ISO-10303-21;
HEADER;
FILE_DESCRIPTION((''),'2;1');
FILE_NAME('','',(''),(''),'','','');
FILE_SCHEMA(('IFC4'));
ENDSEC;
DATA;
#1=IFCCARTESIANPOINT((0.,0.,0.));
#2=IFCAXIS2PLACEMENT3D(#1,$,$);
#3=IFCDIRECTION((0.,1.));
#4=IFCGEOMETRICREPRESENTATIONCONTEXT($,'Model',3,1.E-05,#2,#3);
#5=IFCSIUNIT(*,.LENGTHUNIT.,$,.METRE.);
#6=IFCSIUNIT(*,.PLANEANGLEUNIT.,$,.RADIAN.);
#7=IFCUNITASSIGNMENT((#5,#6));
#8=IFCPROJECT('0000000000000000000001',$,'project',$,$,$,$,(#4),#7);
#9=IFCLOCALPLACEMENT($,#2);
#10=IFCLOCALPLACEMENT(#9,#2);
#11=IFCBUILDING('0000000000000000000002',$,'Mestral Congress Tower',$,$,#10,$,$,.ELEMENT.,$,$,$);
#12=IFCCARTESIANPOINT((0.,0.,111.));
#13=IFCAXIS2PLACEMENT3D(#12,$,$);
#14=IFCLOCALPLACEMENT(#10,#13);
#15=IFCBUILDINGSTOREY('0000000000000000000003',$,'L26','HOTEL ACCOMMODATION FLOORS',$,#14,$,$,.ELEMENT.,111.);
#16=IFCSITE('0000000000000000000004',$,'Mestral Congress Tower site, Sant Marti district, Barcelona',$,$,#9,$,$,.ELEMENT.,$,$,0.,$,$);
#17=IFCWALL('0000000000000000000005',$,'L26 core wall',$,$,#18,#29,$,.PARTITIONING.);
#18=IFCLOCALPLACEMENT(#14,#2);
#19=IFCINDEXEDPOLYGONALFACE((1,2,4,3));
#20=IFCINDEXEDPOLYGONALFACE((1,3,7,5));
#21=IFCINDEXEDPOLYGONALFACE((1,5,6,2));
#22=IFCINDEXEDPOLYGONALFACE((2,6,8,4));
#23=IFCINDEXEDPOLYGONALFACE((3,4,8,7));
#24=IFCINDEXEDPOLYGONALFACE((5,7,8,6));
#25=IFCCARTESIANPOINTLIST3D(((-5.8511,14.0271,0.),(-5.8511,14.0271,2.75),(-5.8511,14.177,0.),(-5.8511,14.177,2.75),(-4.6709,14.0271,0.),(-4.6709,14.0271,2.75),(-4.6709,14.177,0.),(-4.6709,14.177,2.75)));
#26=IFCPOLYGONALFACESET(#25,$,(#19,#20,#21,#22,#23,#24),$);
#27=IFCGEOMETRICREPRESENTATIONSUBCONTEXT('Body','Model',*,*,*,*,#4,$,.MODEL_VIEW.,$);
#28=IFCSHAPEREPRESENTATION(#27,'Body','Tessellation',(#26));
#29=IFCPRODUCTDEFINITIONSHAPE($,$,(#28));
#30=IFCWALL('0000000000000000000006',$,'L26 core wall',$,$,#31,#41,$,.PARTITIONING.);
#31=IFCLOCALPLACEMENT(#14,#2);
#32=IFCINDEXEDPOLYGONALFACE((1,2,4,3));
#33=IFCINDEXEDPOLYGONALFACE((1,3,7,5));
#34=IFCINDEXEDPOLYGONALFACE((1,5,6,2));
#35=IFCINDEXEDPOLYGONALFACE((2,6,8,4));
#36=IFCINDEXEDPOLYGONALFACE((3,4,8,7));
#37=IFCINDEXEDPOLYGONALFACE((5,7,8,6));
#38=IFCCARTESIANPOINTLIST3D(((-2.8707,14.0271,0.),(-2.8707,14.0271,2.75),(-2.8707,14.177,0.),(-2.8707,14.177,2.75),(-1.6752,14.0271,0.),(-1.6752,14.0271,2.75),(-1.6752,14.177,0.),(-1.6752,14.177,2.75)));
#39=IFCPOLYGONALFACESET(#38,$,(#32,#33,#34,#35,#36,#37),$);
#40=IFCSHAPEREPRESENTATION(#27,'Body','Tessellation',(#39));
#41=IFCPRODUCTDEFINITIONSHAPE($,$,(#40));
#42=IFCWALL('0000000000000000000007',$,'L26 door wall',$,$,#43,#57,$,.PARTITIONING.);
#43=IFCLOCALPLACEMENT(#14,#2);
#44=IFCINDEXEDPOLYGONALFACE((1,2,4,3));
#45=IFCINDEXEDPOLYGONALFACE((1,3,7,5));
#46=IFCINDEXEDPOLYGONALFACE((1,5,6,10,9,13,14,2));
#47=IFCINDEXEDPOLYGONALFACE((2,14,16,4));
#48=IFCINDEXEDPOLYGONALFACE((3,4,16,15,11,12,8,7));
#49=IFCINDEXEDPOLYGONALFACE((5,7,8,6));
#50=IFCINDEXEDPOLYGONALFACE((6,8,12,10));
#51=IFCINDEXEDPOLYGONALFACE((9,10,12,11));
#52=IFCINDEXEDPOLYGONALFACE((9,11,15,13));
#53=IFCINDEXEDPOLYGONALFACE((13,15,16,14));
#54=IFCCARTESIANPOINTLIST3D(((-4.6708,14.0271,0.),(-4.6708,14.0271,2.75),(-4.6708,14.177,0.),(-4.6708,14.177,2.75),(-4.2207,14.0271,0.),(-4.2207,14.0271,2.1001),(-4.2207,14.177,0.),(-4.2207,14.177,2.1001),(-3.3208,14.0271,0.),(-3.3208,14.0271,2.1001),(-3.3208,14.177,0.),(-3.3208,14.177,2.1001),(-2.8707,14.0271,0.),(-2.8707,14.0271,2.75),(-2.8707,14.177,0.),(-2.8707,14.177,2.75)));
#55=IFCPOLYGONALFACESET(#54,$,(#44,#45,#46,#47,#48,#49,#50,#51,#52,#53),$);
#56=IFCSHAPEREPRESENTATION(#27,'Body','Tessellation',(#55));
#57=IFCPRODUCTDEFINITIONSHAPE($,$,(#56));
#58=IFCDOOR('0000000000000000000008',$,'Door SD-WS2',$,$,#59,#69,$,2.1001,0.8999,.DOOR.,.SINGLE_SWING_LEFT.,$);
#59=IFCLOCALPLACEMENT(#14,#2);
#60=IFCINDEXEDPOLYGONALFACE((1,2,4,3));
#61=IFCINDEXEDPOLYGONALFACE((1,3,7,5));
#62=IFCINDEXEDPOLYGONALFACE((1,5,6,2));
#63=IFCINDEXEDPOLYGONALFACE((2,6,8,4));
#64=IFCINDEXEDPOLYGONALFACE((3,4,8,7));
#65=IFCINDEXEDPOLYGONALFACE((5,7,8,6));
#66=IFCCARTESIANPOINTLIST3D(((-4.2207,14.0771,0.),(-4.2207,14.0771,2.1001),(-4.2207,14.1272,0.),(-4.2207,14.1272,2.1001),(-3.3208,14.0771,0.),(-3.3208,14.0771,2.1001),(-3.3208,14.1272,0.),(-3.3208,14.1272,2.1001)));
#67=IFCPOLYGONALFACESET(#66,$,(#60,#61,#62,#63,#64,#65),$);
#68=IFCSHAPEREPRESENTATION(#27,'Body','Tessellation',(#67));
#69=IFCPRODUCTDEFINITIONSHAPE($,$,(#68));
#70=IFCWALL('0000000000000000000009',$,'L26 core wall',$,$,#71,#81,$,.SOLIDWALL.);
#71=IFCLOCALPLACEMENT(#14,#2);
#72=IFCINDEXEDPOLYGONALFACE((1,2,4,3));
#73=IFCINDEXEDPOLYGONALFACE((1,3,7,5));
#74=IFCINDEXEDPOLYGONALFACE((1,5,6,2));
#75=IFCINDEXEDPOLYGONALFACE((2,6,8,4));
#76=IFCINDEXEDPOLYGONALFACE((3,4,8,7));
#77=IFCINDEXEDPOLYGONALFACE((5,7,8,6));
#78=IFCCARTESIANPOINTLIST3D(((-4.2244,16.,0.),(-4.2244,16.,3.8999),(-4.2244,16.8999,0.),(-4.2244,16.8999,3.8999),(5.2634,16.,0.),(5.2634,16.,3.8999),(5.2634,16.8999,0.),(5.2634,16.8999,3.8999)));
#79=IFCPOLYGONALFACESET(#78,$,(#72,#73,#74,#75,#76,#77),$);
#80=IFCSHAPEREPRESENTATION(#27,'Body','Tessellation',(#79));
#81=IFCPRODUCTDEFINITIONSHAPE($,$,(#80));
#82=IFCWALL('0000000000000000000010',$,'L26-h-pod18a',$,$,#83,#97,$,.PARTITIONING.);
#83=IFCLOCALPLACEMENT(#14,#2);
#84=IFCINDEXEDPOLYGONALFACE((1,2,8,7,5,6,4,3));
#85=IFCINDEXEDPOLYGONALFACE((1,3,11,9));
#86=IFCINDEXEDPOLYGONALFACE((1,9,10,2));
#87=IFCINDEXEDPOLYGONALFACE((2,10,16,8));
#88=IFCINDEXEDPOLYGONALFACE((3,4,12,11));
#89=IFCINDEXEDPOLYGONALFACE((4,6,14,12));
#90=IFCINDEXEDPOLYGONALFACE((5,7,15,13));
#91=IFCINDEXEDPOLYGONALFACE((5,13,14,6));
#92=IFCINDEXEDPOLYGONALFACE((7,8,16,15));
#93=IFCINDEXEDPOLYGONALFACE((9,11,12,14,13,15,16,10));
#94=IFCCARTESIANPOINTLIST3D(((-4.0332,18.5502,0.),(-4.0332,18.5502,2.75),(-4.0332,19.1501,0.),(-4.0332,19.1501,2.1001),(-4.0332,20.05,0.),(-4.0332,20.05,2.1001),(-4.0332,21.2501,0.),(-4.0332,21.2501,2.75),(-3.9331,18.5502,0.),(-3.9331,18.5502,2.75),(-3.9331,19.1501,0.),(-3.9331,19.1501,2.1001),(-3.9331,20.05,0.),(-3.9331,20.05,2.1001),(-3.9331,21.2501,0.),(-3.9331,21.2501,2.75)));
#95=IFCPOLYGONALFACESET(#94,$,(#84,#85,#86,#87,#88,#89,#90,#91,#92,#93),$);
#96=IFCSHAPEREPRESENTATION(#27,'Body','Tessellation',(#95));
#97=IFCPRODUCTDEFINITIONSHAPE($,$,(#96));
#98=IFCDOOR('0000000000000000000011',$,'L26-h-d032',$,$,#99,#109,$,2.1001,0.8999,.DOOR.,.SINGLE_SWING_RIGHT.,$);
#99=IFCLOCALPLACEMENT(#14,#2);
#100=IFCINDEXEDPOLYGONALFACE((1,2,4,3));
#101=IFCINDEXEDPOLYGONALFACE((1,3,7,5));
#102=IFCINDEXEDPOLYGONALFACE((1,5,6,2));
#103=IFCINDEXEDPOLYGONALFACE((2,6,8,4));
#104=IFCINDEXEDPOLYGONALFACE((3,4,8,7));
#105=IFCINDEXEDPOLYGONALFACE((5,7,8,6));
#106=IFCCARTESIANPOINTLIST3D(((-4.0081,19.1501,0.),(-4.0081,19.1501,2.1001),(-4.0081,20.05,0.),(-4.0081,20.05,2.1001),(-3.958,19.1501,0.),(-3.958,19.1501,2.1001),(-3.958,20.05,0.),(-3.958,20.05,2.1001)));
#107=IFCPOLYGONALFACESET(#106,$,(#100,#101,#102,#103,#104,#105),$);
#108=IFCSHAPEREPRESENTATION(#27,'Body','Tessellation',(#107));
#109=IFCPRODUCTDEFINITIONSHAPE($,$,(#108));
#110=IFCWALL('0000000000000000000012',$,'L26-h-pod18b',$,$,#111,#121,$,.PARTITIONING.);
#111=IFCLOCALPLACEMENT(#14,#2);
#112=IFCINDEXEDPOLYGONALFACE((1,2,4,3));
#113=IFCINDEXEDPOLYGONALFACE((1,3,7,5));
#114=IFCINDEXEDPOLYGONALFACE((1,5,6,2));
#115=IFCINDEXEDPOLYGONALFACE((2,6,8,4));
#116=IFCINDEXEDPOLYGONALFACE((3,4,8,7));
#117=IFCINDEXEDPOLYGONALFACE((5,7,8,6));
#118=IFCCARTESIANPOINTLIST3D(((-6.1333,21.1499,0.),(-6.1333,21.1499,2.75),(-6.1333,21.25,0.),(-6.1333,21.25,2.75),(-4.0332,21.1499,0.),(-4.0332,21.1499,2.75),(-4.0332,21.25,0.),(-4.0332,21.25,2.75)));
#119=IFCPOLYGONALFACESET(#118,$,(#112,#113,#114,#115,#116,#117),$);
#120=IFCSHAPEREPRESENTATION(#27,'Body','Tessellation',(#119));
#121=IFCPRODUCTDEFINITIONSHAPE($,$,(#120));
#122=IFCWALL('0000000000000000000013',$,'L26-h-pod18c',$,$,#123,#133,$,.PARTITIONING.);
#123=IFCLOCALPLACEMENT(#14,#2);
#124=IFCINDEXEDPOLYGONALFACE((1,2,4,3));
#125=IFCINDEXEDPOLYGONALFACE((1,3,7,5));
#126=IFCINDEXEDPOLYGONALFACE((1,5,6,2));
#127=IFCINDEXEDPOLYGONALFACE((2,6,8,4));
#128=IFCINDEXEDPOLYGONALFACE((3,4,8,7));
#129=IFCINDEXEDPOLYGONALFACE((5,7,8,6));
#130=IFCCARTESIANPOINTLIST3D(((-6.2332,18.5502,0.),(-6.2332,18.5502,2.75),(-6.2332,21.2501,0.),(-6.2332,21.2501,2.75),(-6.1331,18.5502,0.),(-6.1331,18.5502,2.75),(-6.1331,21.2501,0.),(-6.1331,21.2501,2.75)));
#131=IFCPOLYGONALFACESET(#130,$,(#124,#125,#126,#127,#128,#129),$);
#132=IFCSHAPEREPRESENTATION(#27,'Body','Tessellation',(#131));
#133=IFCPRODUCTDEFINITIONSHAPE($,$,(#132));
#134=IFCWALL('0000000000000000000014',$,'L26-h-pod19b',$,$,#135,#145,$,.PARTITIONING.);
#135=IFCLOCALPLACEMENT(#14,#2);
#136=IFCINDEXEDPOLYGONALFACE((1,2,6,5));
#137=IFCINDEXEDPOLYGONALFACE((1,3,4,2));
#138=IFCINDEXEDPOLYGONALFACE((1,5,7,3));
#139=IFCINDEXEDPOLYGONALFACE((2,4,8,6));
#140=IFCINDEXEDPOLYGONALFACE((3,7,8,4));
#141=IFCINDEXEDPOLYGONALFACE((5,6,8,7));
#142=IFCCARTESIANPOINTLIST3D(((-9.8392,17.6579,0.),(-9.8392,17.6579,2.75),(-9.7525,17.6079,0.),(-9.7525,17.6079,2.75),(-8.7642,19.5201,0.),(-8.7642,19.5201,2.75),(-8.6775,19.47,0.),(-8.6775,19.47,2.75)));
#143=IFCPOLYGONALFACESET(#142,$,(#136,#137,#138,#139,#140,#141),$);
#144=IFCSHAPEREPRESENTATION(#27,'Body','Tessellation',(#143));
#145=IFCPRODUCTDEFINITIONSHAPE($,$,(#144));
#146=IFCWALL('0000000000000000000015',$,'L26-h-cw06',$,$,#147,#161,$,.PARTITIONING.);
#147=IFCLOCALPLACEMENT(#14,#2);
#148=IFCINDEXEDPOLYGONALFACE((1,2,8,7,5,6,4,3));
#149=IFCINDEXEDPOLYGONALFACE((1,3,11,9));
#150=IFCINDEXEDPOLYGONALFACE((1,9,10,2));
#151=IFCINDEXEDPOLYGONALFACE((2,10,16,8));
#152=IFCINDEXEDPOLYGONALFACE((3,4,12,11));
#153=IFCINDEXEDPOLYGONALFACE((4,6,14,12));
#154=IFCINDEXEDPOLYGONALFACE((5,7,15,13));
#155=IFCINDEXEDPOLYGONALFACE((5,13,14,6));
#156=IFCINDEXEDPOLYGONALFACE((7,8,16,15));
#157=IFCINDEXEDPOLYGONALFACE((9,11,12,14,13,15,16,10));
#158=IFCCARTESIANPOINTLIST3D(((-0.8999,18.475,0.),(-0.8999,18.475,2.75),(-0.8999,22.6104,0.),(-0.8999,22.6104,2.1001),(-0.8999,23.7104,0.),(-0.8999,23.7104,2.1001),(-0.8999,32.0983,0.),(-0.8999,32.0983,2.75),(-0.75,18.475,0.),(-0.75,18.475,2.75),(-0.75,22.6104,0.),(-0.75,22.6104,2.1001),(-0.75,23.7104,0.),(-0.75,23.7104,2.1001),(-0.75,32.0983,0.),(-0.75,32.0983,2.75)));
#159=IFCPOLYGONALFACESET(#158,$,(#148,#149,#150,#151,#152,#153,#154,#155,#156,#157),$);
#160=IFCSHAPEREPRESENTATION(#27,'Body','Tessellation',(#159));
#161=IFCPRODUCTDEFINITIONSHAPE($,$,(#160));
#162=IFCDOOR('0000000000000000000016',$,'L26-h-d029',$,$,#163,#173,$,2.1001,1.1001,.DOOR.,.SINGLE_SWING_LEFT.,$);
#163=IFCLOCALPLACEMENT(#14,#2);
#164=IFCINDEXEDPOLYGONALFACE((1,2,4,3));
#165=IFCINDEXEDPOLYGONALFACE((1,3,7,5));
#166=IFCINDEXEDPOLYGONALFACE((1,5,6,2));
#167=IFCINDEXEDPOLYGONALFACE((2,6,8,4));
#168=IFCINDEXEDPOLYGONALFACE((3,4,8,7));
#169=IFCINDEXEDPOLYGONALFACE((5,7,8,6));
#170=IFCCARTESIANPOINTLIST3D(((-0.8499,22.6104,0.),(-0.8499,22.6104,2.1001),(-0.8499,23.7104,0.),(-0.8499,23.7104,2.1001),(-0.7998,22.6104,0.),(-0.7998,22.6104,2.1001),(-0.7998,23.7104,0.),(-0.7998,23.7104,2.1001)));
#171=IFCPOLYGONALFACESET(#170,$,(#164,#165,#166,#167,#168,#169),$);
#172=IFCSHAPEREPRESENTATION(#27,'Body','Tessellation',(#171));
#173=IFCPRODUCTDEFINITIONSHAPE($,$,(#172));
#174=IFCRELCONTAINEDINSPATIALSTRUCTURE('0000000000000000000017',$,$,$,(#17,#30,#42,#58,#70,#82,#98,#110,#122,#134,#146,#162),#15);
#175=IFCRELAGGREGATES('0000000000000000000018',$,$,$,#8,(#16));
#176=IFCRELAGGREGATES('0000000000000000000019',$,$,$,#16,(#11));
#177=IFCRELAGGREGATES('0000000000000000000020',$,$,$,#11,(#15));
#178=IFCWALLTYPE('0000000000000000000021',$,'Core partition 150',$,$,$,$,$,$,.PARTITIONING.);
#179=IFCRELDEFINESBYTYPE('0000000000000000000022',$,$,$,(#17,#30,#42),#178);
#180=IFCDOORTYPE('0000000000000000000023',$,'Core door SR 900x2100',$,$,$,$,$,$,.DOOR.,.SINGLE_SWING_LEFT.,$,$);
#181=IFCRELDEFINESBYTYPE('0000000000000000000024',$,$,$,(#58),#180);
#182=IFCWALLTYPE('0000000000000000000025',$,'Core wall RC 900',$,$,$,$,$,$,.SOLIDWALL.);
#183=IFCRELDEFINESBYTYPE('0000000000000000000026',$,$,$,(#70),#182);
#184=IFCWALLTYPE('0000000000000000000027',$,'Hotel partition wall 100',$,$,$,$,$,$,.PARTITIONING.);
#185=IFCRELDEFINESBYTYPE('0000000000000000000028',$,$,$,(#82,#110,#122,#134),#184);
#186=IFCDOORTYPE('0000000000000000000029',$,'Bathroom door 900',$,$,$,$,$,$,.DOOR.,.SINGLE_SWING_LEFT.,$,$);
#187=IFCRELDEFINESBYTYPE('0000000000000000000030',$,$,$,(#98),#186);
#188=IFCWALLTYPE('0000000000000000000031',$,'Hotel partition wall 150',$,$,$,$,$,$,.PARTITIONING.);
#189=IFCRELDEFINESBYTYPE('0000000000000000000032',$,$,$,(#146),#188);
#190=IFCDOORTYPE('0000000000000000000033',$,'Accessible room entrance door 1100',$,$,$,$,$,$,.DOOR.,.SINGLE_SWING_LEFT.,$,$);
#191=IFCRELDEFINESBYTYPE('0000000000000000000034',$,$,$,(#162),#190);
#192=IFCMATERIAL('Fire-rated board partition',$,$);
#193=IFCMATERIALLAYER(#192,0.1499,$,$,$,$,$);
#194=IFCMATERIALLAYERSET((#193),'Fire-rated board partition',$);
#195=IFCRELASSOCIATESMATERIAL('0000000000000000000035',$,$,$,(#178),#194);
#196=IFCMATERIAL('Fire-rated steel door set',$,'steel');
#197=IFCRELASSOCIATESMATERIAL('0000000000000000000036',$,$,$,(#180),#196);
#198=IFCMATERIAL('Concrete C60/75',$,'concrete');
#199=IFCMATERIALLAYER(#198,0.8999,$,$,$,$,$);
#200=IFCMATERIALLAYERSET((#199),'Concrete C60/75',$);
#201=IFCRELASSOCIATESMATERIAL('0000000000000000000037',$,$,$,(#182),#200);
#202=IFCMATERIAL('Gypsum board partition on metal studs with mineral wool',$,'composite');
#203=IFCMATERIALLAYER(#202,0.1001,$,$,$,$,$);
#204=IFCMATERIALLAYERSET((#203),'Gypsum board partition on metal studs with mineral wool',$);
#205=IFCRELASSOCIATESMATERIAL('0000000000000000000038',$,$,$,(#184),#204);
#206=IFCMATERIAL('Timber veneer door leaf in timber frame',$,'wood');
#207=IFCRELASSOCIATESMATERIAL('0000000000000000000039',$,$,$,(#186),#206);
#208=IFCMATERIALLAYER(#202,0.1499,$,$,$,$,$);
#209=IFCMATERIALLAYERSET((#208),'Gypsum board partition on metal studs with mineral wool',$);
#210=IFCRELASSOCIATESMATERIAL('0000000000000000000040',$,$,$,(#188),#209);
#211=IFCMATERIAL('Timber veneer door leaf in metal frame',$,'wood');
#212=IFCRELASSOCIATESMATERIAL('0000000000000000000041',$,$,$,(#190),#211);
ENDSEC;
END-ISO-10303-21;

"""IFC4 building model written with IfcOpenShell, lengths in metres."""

from ifc_helpers import new_model, si_unit, direction, frame, frame_2d, origin, place, context, subcontext, project, spatial, rectangle, extrude, material, layer, layer_set, type_object, element, fill, save


model = new_model("IFC4")

# Units and contexts
model_context = context("Model", 3, precision=1e-05, world=origin(), true_north=direction((0.0, 1.0)))
body_context = subcontext(model_context, "Body", "Model", "MODEL_VIEW")
ifc_project = project(units=[si_unit("LENGTHUNIT", "METRE"), si_unit("PLANEANGLEUNIT", "RADIAN")], contexts=[model_context])

# Site, building, storey
site_placement = place(None, origin())
site = spatial("IfcSite", under=ifc_project, at=site_placement, Name="Mestral Congress Tower site, Sant Marti district, Barcelona", CompositionType="ELEMENT", RefElevation=0.0)
building_placement = place(site_placement, origin())
building = spatial("IfcBuilding", under=site, at=building_placement, Name="Mestral Congress Tower", CompositionType="ELEMENT")
storey_placement = place(building_placement, frame((0.0, 0.0, 111.0)))
storey = spatial("IfcBuildingStorey", under=building, at=storey_placement, Name="L26", Description="HOTEL ACCOMMODATION FLOORS", CompositionType="ELEMENT", Elevation=111.0)

# Walls
ifc_material_1 = material(Name="Fire-rated board partition")
ifc_layer_1 = layer(ifc_material_1, 0.1499)
ifc_layer_set_1 = layer_set([ifc_layer_1], Name="Fire-rated board partition")
wall_type_1 = type_object("IfcWallType", Name="Core partition 150", PredefinedType="PARTITIONING", material=ifc_layer_set_1)
wall_1_placement = place(storey_placement, frame((-5.8511, 14.1021, 0.0), z_axis=(0.0, 0.0, 1.0), x_axis=(1.0, 0.0, 0.0)))
element("IfcWall", 1, at=wall_1_placement, inside=storey, type_object=wall_type_1, Name="L26 core wall", PredefinedType="PARTITIONING", context=body_context, shape_type="SweptSolid", body=[
    extrude(rectangle(XDim=1.1802, YDim=0.1499, at=frame_2d((0.5901, 0.0))), origin(), (0.0, 0.0, 1.0), 2.75),
])
wall_2_placement = place(storey_placement, frame((-2.8706, 14.1021, 0.0), z_axis=(0.0, 0.0, 1.0), x_axis=(1.0, 0.0, 0.0)))
element("IfcWall", 2, at=wall_2_placement, inside=storey, type_object=wall_type_1, Name="L26 core wall", PredefinedType="PARTITIONING", context=body_context, shape_type="SweptSolid", body=[
    extrude(rectangle(XDim=1.1956, YDim=0.1499, at=frame_2d((0.5977, 0.0))), origin(), (0.0, 0.0, 1.0), 2.75),
])

# Wall, opening, door
wall_3_placement = place(storey_placement, frame((-2.8708, 14.1021, 0.0), z_axis=(0.0, 0.0, 1.0), x_axis=(-1.0, 0.0, 0.0)))
wall_3 = element("IfcWall", 3, at=wall_3_placement, inside=storey, type_object=wall_type_1, Name="L26 door wall", PredefinedType="PARTITIONING", context=body_context, shape_type="SweptSolid", body=[
    extrude(rectangle(XDim=1.8, YDim=0.1499, at=frame_2d((0.8999, 0.0))), origin(), (0.0, 0.0, 1.0), 2.75),
])
opening_1_placement = place(wall_3_placement, frame((0.45, 0.0, 0.0)))
opening_1 = element("IfcOpeningElement", 4, at=opening_1_placement, cuts=wall_3, PredefinedType="OPENING", context=body_context, shape_type="SweptSolid", body=[
    extrude(rectangle(XDim=0.8999, YDim=2.1001, at=frame_2d((0.45, 1.05))), frame((0.0, 0.085, 0.0), z_axis=(0.0, -1.0, 0.0), x_axis=(1.0, 0.0, 0.0)), (0.0, 0.0, 1.0), 0.1699),
])
ifc_material_2 = material(Name="Fire-rated steel door set", Category="steel")
door_type_1 = type_object("IfcDoorType", Name="Core door SR 900x2100", OperationType="SINGLE_SWING_LEFT", PredefinedType="DOOR", material=ifc_material_2)
door_1_placement = place(opening_1_placement, origin())
door_1 = element("IfcDoor", 5, at=door_1_placement, inside=storey, type_object=door_type_1, Name="Door SD-WS2", OperationType="SINGLE_SWING_LEFT", OverallHeight=2.1001, OverallWidth=0.8999, PredefinedType="DOOR", context=body_context, shape_type="SweptSolid", body=[
    extrude(rectangle(XDim=0.8999, YDim=2.1001, at=frame_2d((0.45, 1.05))), frame((0.0, 0.0249, 0.0), z_axis=(0.0, -1.0, 0.0), x_axis=(1.0, 0.0, 0.0)), (0.0, 0.0, 1.0), 0.05),
])
fill(opening_1, door_1)

# Wall
ifc_material_3 = material(Name="Concrete C60/75", Category="concrete")
ifc_layer_2 = layer(ifc_material_3, 0.8999)
ifc_layer_set_2 = layer_set([ifc_layer_2], Name="Concrete C60/75")
wall_type_2 = type_object("IfcWallType", Name="Core wall RC 900", PredefinedType="SOLIDWALL", material=ifc_layer_set_2)
wall_4_placement = place(storey_placement, frame((-4.2244, 16.45, 0.0), z_axis=(0.0, 0.0, 1.0), x_axis=(1.0, 0.0, 0.0)))
element("IfcWall", 6, at=wall_4_placement, inside=storey, type_object=wall_type_2, Name="L26 core wall", PredefinedType="SOLIDWALL", context=body_context, shape_type="SweptSolid", body=[
    extrude(rectangle(XDim=9.4878, YDim=0.8999, at=frame_2d((4.7439, 0.0))), origin(), (0.0, 0.0, 1.0), 3.8999),
])

# Wall, opening, door
ifc_material_4 = material(Name="Gypsum board partition on metal studs with mineral wool", Category="composite")
ifc_layer_3 = layer(ifc_material_4, 0.1001)
ifc_layer_set_3 = layer_set([ifc_layer_3], Name="Gypsum board partition on metal studs with mineral wool")
wall_type_3 = type_object("IfcWallType", Name="Hotel partition wall 100", PredefinedType="PARTITIONING", material=ifc_layer_set_3)
wall_5_placement = place(storey_placement, frame((-3.9832, 18.55, 0.0), z_axis=(0.0, 0.0, 1.0), x_axis=(0.0, 1.0, 0.0)))
wall_5 = element("IfcWall", 7, at=wall_5_placement, inside=storey, type_object=wall_type_3, Name="L26-h-pod18a", PredefinedType="PARTITIONING", context=body_context, shape_type="SweptSolid", body=[
    extrude(rectangle(XDim=2.7, YDim=0.1001, at=frame_2d((1.3501, 0.0))), origin(), (0.0, 0.0, 1.0), 2.75),
])
opening_2_placement = place(wall_5_placement, frame((0.6001, 0.0, 0.0)))
opening_2 = element("IfcOpeningElement", 8, at=opening_2_placement, cuts=wall_5, PredefinedType="OPENING", context=body_context, shape_type="SweptSolid", body=[
    extrude(rectangle(XDim=0.8999, YDim=2.1001, at=frame_2d((0.45, 1.05))), frame((0.0, 0.0601, 0.0), z_axis=(0.0, -1.0, 0.0), x_axis=(1.0, 0.0, 0.0)), (0.0, 0.0, 1.0), 0.1201),
])
ifc_material_5 = material(Name="Timber veneer door leaf in timber frame", Category="wood")
door_type_2 = type_object("IfcDoorType", Name="Bathroom door 900", OperationType="SINGLE_SWING_LEFT", PredefinedType="DOOR", material=ifc_material_5)
door_2_placement = place(opening_2_placement, origin())
door_2 = element("IfcDoor", 9, at=door_2_placement, inside=storey, type_object=door_type_2, Name="L26-h-d032", OperationType="SINGLE_SWING_RIGHT", OverallHeight=2.1001, OverallWidth=0.8999, PredefinedType="DOOR", context=body_context, shape_type="SweptSolid", body=[
    extrude(rectangle(XDim=0.8999, YDim=2.1001, at=frame_2d((0.45, 1.05))), frame((0.0, 0.0249, 0.0), z_axis=(0.0, -1.0, 0.0), x_axis=(1.0, 0.0, 0.0)), (0.0, 0.0, 1.0), 0.05),
])
fill(opening_2, door_2)

# Walls
wall_6_placement = place(storey_placement, frame((-4.0332, 21.2, 0.0), z_axis=(0.0, 0.0, 1.0), x_axis=(-1.0, 0.0, 0.0)))
element("IfcWall", 10, at=wall_6_placement, inside=storey, type_object=wall_type_3, Name="L26-h-pod18b", PredefinedType="PARTITIONING", context=body_context, shape_type="SweptSolid", body=[
    extrude(rectangle(XDim=2.1001, YDim=0.1001, at=frame_2d((1.05, 0.0))), origin(), (0.0, 0.0, 1.0), 2.75),
])
wall_7_placement = place(storey_placement, frame((-6.1831, 18.55, 0.0), z_axis=(0.0, 0.0, 1.0), x_axis=(0.0, 1.0, 0.0)))
element("IfcWall", 11, at=wall_7_placement, inside=storey, type_object=wall_type_3, Name="L26-h-pod18c", PredefinedType="PARTITIONING", context=body_context, shape_type="SweptSolid", body=[
    extrude(rectangle(XDim=2.7, YDim=0.1001, at=frame_2d((1.3501, 0.0))), origin(), (0.0, 0.0, 1.0), 2.75),
])
wall_8_placement = place(storey_placement, frame((-9.7959, 17.6328, 0.0), z_axis=(0.0, 0.0, 1.0), x_axis=(0.499962, 0.866048, 0.0)))
element("IfcWall", 12, at=wall_8_placement, inside=storey, type_object=wall_type_3, Name="L26-h-pod19b", PredefinedType="PARTITIONING", context=body_context, shape_type="SweptSolid", body=[
    extrude(rectangle(XDim=2.1501, YDim=0.1001, at=frame_2d((1.0752, 0.0))), origin(), (0.0, 0.0, 1.0), 2.75),
])

# Wall, opening, door
ifc_layer_4 = layer(ifc_material_4, 0.1499)
ifc_layer_set_4 = layer_set([ifc_layer_4], Name="Gypsum board partition on metal studs with mineral wool")
wall_type_4 = type_object("IfcWallType", Name="Hotel partition wall 150", PredefinedType="PARTITIONING", material=ifc_layer_set_4)
wall_9_placement = place(storey_placement, frame((-0.825, 18.4751, 0.0), z_axis=(0.0, 0.0, 1.0), x_axis=(0.0, 1.0, 0.0)))
wall_9 = element("IfcWall", 13, at=wall_9_placement, inside=storey, type_object=wall_type_4, Name="L26-h-cw06", PredefinedType="PARTITIONING", context=body_context, shape_type="SweptSolid", body=[
    extrude(rectangle(XDim=13.6233, YDim=0.1499, at=frame_2d((6.8115, 0.0))), origin(), (0.0, 0.0, 1.0), 2.75),
])
opening_3_placement = place(wall_9_placement, frame((4.1353, 0.0, 0.0)))
opening_3 = element("IfcOpeningElement", 14, at=opening_3_placement, cuts=wall_9, PredefinedType="OPENING", context=body_context, shape_type="SweptSolid", body=[
    extrude(rectangle(XDim=1.1001, YDim=2.1001, at=frame_2d((0.55, 1.05))), frame((0.0, 0.085, 0.0), z_axis=(0.0, -1.0, 0.0), x_axis=(1.0, 0.0, 0.0)), (0.0, 0.0, 1.0), 0.1699),
])
ifc_material_6 = material(Name="Timber veneer door leaf in metal frame", Category="wood")
door_type_3 = type_object("IfcDoorType", Name="Accessible room entrance door 1100", OperationType="SINGLE_SWING_LEFT", PredefinedType="DOOR", material=ifc_material_6)
door_3_placement = place(opening_3_placement, origin())
door_3 = element("IfcDoor", 15, at=door_3_placement, inside=storey, type_object=door_type_3, Name="L26-h-d029", OperationType="SINGLE_SWING_LEFT", OverallHeight=2.1001, OverallWidth=1.1001, PredefinedType="DOOR", context=body_context, shape_type="SweptSolid", body=[
    extrude(rectangle(XDim=1.1001, YDim=2.1001, at=frame_2d((0.55, 1.05))), frame((0.0, 0.0249, 0.0), z_axis=(0.0, -1.0, 0.0), x_axis=(1.0, 0.0, 0.0)), (0.0, 0.0, 1.0), 0.05),
])
fill(opening_3, door_3)

save(model, "model.ifc")
